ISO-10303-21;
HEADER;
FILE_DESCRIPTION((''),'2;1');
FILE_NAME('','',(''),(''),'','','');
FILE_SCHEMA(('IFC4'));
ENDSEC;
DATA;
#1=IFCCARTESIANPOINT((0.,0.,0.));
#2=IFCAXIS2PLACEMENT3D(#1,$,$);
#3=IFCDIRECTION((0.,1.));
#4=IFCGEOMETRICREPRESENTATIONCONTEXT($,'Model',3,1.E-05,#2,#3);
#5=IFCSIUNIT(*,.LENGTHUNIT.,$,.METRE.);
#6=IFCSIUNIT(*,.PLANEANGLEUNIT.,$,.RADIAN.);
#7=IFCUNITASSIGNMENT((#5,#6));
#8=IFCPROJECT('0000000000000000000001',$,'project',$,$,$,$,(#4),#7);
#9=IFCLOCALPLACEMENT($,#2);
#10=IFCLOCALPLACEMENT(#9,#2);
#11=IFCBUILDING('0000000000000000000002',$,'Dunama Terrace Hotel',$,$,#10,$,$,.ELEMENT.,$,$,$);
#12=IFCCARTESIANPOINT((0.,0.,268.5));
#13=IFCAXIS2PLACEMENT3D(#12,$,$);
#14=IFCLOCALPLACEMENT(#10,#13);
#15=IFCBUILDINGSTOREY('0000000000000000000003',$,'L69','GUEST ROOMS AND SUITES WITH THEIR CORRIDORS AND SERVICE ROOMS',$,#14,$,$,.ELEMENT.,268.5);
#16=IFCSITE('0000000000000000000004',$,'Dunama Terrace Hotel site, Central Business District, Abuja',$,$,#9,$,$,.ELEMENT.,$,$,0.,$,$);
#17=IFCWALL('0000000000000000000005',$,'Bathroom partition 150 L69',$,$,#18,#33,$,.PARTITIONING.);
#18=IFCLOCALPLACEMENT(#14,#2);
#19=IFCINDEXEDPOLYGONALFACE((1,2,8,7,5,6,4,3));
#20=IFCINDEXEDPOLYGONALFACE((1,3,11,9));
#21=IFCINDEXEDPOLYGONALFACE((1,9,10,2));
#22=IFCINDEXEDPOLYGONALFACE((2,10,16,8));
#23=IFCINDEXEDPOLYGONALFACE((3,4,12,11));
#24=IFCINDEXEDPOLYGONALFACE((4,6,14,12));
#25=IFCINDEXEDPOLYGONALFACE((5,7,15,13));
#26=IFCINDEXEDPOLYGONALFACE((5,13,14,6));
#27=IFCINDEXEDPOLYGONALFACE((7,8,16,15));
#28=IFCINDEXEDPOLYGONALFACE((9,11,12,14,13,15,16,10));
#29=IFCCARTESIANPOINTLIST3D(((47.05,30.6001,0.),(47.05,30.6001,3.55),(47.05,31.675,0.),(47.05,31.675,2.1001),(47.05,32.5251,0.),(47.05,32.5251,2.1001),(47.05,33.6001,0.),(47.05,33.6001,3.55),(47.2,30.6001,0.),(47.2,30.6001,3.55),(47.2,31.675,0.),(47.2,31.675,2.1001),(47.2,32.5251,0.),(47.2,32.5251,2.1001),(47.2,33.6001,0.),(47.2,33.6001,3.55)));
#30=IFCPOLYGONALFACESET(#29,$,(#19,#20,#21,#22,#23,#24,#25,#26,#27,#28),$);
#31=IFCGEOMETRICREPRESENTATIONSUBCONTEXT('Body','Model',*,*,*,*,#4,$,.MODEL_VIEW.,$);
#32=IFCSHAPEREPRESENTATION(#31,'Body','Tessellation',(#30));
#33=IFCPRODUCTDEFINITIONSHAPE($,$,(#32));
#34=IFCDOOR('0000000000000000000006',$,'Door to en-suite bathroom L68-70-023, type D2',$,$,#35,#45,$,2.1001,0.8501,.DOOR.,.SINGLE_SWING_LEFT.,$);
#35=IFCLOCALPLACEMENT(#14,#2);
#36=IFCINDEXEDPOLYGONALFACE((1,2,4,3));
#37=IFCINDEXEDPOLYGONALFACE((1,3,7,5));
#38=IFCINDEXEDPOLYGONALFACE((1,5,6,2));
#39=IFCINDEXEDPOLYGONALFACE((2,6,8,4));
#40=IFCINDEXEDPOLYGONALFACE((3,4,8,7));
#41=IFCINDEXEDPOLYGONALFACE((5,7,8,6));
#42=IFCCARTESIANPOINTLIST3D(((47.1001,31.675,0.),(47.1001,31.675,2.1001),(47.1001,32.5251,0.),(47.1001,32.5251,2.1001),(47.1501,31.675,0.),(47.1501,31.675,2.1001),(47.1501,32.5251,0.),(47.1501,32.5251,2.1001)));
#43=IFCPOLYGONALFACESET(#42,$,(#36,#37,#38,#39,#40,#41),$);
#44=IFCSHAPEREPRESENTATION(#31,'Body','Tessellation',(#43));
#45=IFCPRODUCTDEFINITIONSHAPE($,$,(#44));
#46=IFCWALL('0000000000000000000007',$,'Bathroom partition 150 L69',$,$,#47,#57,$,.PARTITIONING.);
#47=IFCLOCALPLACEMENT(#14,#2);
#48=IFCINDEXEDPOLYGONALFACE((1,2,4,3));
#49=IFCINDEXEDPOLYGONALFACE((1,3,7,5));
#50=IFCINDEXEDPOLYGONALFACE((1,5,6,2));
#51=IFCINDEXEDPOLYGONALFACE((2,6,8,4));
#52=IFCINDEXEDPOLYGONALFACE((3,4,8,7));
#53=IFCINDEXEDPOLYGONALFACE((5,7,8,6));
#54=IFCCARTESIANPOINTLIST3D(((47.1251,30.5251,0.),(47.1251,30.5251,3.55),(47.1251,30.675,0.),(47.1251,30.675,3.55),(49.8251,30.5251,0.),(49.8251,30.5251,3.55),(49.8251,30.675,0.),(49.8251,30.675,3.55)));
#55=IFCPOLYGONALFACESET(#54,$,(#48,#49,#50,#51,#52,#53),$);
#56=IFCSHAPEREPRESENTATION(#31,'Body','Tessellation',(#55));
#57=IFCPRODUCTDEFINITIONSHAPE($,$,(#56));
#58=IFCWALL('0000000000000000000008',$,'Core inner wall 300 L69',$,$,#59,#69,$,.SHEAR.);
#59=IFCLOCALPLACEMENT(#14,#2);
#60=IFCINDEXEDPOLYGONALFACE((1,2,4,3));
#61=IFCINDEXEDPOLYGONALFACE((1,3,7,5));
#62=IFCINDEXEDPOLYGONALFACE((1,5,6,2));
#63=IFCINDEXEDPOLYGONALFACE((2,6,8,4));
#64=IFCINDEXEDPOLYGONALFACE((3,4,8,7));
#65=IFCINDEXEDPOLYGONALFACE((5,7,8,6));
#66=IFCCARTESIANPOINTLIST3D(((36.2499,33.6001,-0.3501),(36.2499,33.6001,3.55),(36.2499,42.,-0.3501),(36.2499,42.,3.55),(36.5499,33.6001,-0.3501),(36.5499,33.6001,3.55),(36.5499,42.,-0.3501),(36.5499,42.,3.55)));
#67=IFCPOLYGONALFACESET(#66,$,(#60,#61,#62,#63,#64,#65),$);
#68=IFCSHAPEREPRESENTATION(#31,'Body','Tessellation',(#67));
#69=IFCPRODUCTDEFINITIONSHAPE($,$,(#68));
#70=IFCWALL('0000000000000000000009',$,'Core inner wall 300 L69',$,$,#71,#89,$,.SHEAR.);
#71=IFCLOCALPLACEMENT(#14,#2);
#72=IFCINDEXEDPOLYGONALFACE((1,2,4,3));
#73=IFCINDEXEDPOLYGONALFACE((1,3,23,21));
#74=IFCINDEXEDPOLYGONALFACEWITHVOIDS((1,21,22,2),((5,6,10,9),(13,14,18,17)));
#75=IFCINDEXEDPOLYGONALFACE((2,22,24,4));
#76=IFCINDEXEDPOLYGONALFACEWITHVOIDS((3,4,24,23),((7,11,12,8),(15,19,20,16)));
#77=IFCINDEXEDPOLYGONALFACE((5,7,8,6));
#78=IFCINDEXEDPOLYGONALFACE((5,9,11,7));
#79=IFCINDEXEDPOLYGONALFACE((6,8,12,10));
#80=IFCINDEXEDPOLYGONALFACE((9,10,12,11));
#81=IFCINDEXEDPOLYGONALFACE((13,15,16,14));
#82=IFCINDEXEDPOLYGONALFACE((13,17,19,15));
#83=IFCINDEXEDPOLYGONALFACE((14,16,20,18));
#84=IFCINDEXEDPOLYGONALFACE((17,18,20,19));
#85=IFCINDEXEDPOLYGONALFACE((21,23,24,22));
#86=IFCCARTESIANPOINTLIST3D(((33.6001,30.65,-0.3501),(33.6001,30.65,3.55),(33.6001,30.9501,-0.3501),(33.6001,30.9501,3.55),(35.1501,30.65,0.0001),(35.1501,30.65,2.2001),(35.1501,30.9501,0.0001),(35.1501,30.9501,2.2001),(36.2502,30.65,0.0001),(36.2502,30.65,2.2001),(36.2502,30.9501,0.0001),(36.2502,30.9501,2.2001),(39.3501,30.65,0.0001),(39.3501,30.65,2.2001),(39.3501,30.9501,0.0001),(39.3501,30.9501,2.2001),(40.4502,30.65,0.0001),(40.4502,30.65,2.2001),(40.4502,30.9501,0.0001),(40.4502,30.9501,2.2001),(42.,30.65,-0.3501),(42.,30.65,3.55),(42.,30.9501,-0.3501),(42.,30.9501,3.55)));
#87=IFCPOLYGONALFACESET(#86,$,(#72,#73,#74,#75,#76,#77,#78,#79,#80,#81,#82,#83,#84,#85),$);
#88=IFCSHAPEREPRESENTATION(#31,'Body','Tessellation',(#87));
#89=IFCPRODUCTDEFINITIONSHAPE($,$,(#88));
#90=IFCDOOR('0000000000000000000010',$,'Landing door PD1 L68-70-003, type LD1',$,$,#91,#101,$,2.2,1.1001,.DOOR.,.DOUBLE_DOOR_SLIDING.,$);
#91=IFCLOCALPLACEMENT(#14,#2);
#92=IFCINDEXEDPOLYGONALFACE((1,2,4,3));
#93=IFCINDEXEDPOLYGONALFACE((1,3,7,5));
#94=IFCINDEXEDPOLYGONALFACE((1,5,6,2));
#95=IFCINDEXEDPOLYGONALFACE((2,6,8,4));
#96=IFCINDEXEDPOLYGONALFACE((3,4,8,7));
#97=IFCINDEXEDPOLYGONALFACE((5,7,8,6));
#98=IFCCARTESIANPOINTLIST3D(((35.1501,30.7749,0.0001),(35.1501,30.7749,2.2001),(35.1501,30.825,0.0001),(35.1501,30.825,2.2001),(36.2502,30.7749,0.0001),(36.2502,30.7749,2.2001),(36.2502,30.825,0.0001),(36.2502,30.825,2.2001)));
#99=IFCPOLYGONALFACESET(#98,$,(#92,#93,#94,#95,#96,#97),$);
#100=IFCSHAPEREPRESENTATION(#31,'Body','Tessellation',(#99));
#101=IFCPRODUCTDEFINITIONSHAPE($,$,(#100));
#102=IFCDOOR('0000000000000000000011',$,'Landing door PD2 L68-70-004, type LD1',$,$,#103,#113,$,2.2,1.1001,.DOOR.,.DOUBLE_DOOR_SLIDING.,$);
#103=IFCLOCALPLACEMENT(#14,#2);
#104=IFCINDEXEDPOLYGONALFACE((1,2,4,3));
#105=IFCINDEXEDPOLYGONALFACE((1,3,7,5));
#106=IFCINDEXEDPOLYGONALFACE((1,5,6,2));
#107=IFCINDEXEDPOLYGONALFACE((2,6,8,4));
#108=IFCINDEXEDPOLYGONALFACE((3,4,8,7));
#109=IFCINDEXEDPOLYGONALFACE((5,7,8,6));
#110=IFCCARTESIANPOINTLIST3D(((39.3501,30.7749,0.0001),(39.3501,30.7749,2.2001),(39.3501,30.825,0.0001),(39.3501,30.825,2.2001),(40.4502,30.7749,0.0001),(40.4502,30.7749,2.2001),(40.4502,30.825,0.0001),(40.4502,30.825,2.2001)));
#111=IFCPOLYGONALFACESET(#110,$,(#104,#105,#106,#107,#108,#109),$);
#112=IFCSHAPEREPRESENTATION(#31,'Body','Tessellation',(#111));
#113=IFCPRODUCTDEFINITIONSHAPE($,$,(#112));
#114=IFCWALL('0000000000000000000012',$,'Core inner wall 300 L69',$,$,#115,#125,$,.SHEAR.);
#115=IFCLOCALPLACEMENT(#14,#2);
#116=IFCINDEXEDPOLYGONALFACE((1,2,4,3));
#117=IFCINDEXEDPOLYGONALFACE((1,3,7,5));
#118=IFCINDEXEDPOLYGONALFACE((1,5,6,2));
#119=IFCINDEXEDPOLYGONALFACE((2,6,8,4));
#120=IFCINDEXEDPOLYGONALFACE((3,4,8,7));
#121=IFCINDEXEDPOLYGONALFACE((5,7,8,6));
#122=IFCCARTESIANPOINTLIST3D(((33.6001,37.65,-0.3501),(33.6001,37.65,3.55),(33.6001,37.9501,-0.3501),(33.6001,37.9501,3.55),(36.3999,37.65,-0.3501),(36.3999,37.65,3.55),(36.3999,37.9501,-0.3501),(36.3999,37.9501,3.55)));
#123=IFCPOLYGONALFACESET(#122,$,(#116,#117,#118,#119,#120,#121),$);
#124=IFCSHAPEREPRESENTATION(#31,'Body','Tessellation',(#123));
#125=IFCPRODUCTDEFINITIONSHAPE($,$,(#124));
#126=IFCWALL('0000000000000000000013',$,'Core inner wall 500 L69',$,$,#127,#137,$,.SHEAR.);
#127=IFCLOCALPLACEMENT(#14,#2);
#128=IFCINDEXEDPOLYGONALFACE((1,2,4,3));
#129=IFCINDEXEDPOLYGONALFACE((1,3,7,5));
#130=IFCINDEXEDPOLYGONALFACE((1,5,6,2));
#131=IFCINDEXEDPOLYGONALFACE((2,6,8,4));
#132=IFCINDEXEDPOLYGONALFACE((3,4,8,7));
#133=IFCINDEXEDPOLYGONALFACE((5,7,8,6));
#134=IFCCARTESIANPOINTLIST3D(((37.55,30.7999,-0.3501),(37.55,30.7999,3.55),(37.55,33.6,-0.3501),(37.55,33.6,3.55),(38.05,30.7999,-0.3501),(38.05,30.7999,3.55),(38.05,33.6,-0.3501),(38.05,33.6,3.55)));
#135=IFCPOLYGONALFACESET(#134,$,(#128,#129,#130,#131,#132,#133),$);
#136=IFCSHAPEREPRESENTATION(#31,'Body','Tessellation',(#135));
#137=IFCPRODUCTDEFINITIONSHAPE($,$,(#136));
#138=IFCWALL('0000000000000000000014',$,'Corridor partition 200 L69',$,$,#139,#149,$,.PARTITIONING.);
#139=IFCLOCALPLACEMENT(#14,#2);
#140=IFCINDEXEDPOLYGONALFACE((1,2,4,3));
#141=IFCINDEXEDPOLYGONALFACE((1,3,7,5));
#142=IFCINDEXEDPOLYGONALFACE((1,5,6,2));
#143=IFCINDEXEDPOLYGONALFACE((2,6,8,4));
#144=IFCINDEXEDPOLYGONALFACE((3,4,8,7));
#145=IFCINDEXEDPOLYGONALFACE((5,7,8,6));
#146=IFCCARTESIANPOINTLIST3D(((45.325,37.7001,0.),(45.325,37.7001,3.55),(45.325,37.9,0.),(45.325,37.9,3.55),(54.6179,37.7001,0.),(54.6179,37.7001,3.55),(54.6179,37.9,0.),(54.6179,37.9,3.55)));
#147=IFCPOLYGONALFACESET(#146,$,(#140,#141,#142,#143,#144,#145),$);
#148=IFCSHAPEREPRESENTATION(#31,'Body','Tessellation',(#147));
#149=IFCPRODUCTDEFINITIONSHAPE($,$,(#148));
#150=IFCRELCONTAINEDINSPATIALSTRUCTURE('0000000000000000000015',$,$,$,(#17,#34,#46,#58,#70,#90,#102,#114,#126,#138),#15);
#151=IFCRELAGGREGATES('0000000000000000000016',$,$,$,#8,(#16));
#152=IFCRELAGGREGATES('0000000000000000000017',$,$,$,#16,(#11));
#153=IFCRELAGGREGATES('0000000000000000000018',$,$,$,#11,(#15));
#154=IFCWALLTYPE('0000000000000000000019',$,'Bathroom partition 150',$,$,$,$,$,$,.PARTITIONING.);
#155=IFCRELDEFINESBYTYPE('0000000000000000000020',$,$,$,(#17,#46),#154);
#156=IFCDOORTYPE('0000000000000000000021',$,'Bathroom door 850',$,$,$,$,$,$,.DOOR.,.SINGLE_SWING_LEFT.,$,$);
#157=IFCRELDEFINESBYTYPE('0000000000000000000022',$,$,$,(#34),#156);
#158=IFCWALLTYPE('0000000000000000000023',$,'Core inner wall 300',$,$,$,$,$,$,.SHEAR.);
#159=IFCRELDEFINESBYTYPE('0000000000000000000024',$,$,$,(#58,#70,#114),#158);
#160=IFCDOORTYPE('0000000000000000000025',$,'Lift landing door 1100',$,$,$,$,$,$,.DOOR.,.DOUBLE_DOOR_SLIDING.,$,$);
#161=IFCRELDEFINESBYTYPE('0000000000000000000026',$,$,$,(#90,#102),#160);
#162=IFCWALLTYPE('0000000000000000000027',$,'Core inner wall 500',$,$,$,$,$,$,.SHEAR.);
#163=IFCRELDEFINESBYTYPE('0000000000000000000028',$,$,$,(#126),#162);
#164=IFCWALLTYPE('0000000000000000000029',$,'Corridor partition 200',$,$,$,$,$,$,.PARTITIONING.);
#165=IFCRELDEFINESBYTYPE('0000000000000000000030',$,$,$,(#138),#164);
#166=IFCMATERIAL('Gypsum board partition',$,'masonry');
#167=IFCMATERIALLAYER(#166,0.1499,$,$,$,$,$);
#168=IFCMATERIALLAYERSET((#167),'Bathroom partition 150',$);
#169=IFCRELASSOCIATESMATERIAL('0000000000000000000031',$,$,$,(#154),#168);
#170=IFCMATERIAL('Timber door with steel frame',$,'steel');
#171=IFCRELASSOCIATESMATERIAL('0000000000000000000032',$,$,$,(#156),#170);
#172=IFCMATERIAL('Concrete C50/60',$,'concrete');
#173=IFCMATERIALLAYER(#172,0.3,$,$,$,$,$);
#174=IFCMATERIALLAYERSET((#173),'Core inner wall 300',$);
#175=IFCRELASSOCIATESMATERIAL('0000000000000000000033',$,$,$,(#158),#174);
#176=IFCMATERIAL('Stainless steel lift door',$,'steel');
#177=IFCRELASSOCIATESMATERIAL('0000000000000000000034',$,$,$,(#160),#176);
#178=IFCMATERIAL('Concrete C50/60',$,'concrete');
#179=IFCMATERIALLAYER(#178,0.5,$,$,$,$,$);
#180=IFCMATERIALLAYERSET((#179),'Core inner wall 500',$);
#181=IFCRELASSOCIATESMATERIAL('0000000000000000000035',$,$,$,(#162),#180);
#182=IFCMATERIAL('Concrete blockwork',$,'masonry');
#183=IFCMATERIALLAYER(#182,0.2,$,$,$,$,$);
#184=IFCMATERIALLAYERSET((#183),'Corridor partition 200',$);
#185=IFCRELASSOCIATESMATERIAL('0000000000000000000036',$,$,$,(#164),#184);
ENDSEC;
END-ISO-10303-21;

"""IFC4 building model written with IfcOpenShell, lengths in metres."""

from ifc_helpers import new_model, si_unit, direction, frame, frame_2d, origin, place, context, subcontext, project, spatial, rectangle, extrude, material, layer, layer_set, type_object, element, fill, save


model = new_model("IFC4")

# Units and contexts
model_context = context("Model", 3, precision=1e-05, world=origin(), true_north=direction((0.0, 1.0)))
body_context = subcontext(model_context, "Body", "Model", "MODEL_VIEW")
ifc_project = project(units=[si_unit("LENGTHUNIT", "METRE"), si_unit("PLANEANGLEUNIT", "RADIAN")], contexts=[model_context])

# Site, building, storey
site_placement = place(None, origin())
site = spatial("IfcSite", under=ifc_project, at=site_placement, Name="Dunama Terrace Hotel site, Central Business District, Abuja", CompositionType="ELEMENT", RefElevation=0.0)
building_placement = place(site_placement, origin())
building = spatial("IfcBuilding", under=site, at=building_placement, Name="Dunama Terrace Hotel", CompositionType="ELEMENT")
storey_placement = place(building_placement, frame((0.0, 0.0, 268.5)))
storey = spatial("IfcBuildingStorey", under=building, at=storey_placement, Name="L69", Description="GUEST ROOMS AND SUITES WITH THEIR CORRIDORS AND SERVICE ROOMS", CompositionType="ELEMENT", Elevation=268.5)

# Wall, opening, door
ifc_material_1 = material(Name="Gypsum board partition", Category="masonry")
ifc_layer_1 = layer(ifc_material_1, 0.1499)
ifc_layer_set_1 = layer_set([ifc_layer_1], Name="Bathroom partition 150")
wall_type_1 = type_object("IfcWallType", Name="Bathroom partition 150", PredefinedType="PARTITIONING", material=ifc_layer_set_1)
wall_1_placement = place(storey_placement, frame((47.125, 30.6001, 0.0), z_axis=(0.0, 0.0, 1.0), x_axis=(0.0, 1.0, 0.0)))
wall_1 = element("IfcWall", 1, at=wall_1_placement, inside=storey, type_object=wall_type_1, Name="Bathroom partition 150 L69", PredefinedType="PARTITIONING", context=body_context, shape_type="SweptSolid", body=[
    extrude(rectangle(XDim=3.0, YDim=0.1499, at=frame_2d((1.5, 0.0))), origin(), (0.0, 0.0, 1.0), 3.55),
])
opening_1_placement = place(wall_1_placement, frame((1.075, 0.0, 0.0)))
opening_1 = element("IfcOpeningElement", 2, at=opening_1_placement, cuts=wall_1, PredefinedType="OPENING", context=body_context, shape_type="SweptSolid", body=[
    extrude(rectangle(XDim=0.8501, YDim=2.1001, at=frame_2d((0.425, 1.05))), frame((0.0, 0.085, 0.0), z_axis=(0.0, -1.0, 0.0), x_axis=(1.0, 0.0, 0.0)), (0.0, 0.0, 1.0), 0.1699),
])
ifc_material_2 = material(Name="Timber door with steel frame", Category="steel")
door_type_1 = type_object("IfcDoorType", Name="Bathroom door 850", OperationType="SINGLE_SWING_LEFT", PredefinedType="DOOR", material=ifc_material_2)
door_1_placement = place(opening_1_placement, frame((0.8501, 0.0, 0.0), z_axis=(0.0, 0.0, 1.0), x_axis=(-1.0, 0.0, 0.0)))
door_1 = element("IfcDoor", 3, at=door_1_placement, inside=storey, type_object=door_type_1, Name="Door to en-suite bathroom L68-70-023, type D2", OperationType="SINGLE_SWING_LEFT", OverallHeight=2.1001, OverallWidth=0.8501, PredefinedType="DOOR", context=body_context, shape_type="SweptSolid", body=[
    extrude(rectangle(XDim=0.8501, YDim=2.1001, at=frame_2d((0.425, 1.05))), frame((0.0, 0.0251, 0.0), z_axis=(0.0, -1.0, 0.0), x_axis=(1.0, 0.0, 0.0)), (0.0, 0.0, 1.0), 0.05),
])
fill(opening_1, door_1)

# Walls
wall_2_placement = place(storey_placement, frame((47.125, 30.6001, 0.0), z_axis=(0.0, 0.0, 1.0), x_axis=(1.0, 0.0, 0.0)))
element("IfcWall", 4, at=wall_2_placement, inside=storey, type_object=wall_type_1, Name="Bathroom partition 150 L69", PredefinedType="PARTITIONING", context=body_context, shape_type="SweptSolid", body=[
    extrude(rectangle(XDim=2.7, YDim=0.1499, at=frame_2d((1.3501, 0.0))), origin(), (0.0, 0.0, 1.0), 3.55),
])
ifc_material_3 = material(Name="Concrete C50/60", Category="concrete")
ifc_layer_2 = layer(ifc_material_3, 0.3)
ifc_layer_set_2 = layer_set([ifc_layer_2], Name="Core inner wall 300")
wall_type_2 = type_object("IfcWallType", Name="Core inner wall 300", PredefinedType="SHEAR", material=ifc_layer_set_2)
wall_3_placement = place(storey_placement, frame((36.3999, 33.6001, -0.3501), z_axis=(0.0, 0.0, 1.0), x_axis=(0.0, 1.0, 0.0)))
element("IfcWall", 5, at=wall_3_placement, inside=storey, type_object=wall_type_2, Name="Core inner wall 300 L69", PredefinedType="SHEAR", context=body_context, shape_type="SweptSolid", body=[
    extrude(rectangle(XDim=8.3999, YDim=0.3, at=frame_2d((4.2, 0.0))), origin(), (0.0, 0.0, 1.0), 3.9001),
])

# Wall, openings, doors
wall_4_placement = place(storey_placement, frame((33.6001, 30.8, -0.3501), z_axis=(0.0, 0.0, 1.0), x_axis=(1.0, 0.0, 0.0)))
wall_4 = element("IfcWall", 6, at=wall_4_placement, inside=storey, type_object=wall_type_2, Name="Core inner wall 300 L69", PredefinedType="SHEAR", context=body_context, shape_type="SweptSolid", body=[
    extrude(rectangle(XDim=8.3999, YDim=0.3, at=frame_2d((4.2, 0.0))), origin(), (0.0, 0.0, 1.0), 3.9001),
])
opening_2_placement = place(wall_4_placement, frame((1.55, 0.0, 0.3501)))
opening_2 = element("IfcOpeningElement", 7, at=opening_2_placement, cuts=wall_4, PredefinedType="OPENING", context=body_context, shape_type="SweptSolid", body=[
    extrude(rectangle(XDim=1.1001, YDim=2.2, at=frame_2d((0.55, 1.1001))), frame((0.0, 0.1599, 0.0), z_axis=(0.0, -1.0, 0.0), x_axis=(1.0, 0.0, 0.0)), (0.0, 0.0, 1.0), 0.3201),
])
opening_3_placement = place(wall_4_placement, frame((5.75, 0.0, 0.3501)))
opening_3 = element("IfcOpeningElement", 8, at=opening_3_placement, cuts=wall_4, PredefinedType="OPENING", context=body_context, shape_type="SweptSolid", body=[
    extrude(rectangle(XDim=1.1001, YDim=2.2, at=frame_2d((0.55, 1.1001))), frame((0.0, 0.1599, 0.0), z_axis=(0.0, -1.0, 0.0), x_axis=(1.0, 0.0, 0.0)), (0.0, 0.0, 1.0), 0.3201),
])
ifc_material_4 = material(Name="Stainless steel lift door", Category="steel")
door_type_2 = type_object("IfcDoorType", Name="Lift landing door 1100", OperationType="DOUBLE_DOOR_SLIDING", PredefinedType="DOOR", material=ifc_material_4)
door_2_placement = place(opening_2_placement, origin())
door_2 = element("IfcDoor", 9, at=door_2_placement, inside=storey, type_object=door_type_2, Name="Landing door PD1 L68-70-003, type LD1", OperationType="DOUBLE_DOOR_SLIDING", OverallHeight=2.2, OverallWidth=1.1001, PredefinedType="DOOR", context=body_context, shape_type="SweptSolid", body=[
    extrude(rectangle(XDim=1.1001, YDim=2.2, at=frame_2d((0.55, 1.1001))), frame((0.0, 0.0249, 0.0), z_axis=(0.0, -1.0, 0.0), x_axis=(1.0, 0.0, 0.0)), (0.0, 0.0, 1.0), 0.05),
])
fill(opening_2, door_2)
door_3_placement = place(opening_3_placement, origin())
door_3 = element("IfcDoor", 10, at=door_3_placement, inside=storey, type_object=door_type_2, Name="Landing door PD2 L68-70-004, type LD1", OperationType="DOUBLE_DOOR_SLIDING", OverallHeight=2.2, OverallWidth=1.1001, PredefinedType="DOOR", context=body_context, shape_type="SweptSolid", body=[
    extrude(rectangle(XDim=1.1001, YDim=2.2, at=frame_2d((0.55, 1.1001))), frame((0.0, 0.0249, 0.0), z_axis=(0.0, -1.0, 0.0), x_axis=(1.0, 0.0, 0.0)), (0.0, 0.0, 1.0), 0.05),
])
fill(opening_3, door_3)

# Walls
wall_5_placement = place(storey_placement, frame((33.6001, 37.8, -0.3501), z_axis=(0.0, 0.0, 1.0), x_axis=(1.0, 0.0, 0.0)))
element("IfcWall", 11, at=wall_5_placement, inside=storey, type_object=wall_type_2, Name="Core inner wall 300 L69", PredefinedType="SHEAR", context=body_context, shape_type="SweptSolid", body=[
    extrude(rectangle(XDim=2.7998, YDim=0.3, at=frame_2d((1.3999, 0.0))), origin(), (0.0, 0.0, 1.0), 3.9001),
])
ifc_material_5 = material(Name="Concrete C50/60", Category="concrete")
ifc_layer_3 = layer(ifc_material_5, 0.5)
ifc_layer_set_3 = layer_set([ifc_layer_3], Name="Core inner wall 500")
wall_type_3 = type_object("IfcWallType", Name="Core inner wall 500", PredefinedType="SHEAR", material=ifc_layer_set_3)
wall_6_placement = place(storey_placement, frame((37.8, 30.8, -0.3501), z_axis=(0.0, 0.0, 1.0), x_axis=(0.0, 1.0, 0.0)))
element("IfcWall", 12, at=wall_6_placement, inside=storey, type_object=wall_type_3, Name="Core inner wall 500 L69", PredefinedType="SHEAR", context=body_context, shape_type="SweptSolid", body=[
    extrude(rectangle(XDim=2.8, YDim=0.5, at=frame_2d((1.3999, 0.0))), origin(), (0.0, 0.0, 1.0), 3.9001),
])
ifc_material_6 = material(Name="Concrete blockwork", Category="masonry")
ifc_layer_4 = layer(ifc_material_6, 0.2)
ifc_layer_set_4 = layer_set([ifc_layer_4], Name="Corridor partition 200")
wall_type_4 = type_object("IfcWallType", Name="Corridor partition 200", PredefinedType="PARTITIONING", material=ifc_layer_set_4)
wall_7_placement = place(storey_placement, frame((45.325, 37.8, 0.0), z_axis=(0.0, 0.0, 1.0), x_axis=(1.0, 0.0, 0.0)))
element("IfcWall", 13, at=wall_7_placement, inside=storey, type_object=wall_type_4, Name="Corridor partition 200 L69", PredefinedType="PARTITIONING", context=body_context, shape_type="SweptSolid", body=[
    extrude(rectangle(XDim=9.293, YDim=0.2, at=frame_2d((4.6465, 0.0))), origin(), (0.0, 0.0, 1.0), 3.55),
])

save(model, "model.ifc")
